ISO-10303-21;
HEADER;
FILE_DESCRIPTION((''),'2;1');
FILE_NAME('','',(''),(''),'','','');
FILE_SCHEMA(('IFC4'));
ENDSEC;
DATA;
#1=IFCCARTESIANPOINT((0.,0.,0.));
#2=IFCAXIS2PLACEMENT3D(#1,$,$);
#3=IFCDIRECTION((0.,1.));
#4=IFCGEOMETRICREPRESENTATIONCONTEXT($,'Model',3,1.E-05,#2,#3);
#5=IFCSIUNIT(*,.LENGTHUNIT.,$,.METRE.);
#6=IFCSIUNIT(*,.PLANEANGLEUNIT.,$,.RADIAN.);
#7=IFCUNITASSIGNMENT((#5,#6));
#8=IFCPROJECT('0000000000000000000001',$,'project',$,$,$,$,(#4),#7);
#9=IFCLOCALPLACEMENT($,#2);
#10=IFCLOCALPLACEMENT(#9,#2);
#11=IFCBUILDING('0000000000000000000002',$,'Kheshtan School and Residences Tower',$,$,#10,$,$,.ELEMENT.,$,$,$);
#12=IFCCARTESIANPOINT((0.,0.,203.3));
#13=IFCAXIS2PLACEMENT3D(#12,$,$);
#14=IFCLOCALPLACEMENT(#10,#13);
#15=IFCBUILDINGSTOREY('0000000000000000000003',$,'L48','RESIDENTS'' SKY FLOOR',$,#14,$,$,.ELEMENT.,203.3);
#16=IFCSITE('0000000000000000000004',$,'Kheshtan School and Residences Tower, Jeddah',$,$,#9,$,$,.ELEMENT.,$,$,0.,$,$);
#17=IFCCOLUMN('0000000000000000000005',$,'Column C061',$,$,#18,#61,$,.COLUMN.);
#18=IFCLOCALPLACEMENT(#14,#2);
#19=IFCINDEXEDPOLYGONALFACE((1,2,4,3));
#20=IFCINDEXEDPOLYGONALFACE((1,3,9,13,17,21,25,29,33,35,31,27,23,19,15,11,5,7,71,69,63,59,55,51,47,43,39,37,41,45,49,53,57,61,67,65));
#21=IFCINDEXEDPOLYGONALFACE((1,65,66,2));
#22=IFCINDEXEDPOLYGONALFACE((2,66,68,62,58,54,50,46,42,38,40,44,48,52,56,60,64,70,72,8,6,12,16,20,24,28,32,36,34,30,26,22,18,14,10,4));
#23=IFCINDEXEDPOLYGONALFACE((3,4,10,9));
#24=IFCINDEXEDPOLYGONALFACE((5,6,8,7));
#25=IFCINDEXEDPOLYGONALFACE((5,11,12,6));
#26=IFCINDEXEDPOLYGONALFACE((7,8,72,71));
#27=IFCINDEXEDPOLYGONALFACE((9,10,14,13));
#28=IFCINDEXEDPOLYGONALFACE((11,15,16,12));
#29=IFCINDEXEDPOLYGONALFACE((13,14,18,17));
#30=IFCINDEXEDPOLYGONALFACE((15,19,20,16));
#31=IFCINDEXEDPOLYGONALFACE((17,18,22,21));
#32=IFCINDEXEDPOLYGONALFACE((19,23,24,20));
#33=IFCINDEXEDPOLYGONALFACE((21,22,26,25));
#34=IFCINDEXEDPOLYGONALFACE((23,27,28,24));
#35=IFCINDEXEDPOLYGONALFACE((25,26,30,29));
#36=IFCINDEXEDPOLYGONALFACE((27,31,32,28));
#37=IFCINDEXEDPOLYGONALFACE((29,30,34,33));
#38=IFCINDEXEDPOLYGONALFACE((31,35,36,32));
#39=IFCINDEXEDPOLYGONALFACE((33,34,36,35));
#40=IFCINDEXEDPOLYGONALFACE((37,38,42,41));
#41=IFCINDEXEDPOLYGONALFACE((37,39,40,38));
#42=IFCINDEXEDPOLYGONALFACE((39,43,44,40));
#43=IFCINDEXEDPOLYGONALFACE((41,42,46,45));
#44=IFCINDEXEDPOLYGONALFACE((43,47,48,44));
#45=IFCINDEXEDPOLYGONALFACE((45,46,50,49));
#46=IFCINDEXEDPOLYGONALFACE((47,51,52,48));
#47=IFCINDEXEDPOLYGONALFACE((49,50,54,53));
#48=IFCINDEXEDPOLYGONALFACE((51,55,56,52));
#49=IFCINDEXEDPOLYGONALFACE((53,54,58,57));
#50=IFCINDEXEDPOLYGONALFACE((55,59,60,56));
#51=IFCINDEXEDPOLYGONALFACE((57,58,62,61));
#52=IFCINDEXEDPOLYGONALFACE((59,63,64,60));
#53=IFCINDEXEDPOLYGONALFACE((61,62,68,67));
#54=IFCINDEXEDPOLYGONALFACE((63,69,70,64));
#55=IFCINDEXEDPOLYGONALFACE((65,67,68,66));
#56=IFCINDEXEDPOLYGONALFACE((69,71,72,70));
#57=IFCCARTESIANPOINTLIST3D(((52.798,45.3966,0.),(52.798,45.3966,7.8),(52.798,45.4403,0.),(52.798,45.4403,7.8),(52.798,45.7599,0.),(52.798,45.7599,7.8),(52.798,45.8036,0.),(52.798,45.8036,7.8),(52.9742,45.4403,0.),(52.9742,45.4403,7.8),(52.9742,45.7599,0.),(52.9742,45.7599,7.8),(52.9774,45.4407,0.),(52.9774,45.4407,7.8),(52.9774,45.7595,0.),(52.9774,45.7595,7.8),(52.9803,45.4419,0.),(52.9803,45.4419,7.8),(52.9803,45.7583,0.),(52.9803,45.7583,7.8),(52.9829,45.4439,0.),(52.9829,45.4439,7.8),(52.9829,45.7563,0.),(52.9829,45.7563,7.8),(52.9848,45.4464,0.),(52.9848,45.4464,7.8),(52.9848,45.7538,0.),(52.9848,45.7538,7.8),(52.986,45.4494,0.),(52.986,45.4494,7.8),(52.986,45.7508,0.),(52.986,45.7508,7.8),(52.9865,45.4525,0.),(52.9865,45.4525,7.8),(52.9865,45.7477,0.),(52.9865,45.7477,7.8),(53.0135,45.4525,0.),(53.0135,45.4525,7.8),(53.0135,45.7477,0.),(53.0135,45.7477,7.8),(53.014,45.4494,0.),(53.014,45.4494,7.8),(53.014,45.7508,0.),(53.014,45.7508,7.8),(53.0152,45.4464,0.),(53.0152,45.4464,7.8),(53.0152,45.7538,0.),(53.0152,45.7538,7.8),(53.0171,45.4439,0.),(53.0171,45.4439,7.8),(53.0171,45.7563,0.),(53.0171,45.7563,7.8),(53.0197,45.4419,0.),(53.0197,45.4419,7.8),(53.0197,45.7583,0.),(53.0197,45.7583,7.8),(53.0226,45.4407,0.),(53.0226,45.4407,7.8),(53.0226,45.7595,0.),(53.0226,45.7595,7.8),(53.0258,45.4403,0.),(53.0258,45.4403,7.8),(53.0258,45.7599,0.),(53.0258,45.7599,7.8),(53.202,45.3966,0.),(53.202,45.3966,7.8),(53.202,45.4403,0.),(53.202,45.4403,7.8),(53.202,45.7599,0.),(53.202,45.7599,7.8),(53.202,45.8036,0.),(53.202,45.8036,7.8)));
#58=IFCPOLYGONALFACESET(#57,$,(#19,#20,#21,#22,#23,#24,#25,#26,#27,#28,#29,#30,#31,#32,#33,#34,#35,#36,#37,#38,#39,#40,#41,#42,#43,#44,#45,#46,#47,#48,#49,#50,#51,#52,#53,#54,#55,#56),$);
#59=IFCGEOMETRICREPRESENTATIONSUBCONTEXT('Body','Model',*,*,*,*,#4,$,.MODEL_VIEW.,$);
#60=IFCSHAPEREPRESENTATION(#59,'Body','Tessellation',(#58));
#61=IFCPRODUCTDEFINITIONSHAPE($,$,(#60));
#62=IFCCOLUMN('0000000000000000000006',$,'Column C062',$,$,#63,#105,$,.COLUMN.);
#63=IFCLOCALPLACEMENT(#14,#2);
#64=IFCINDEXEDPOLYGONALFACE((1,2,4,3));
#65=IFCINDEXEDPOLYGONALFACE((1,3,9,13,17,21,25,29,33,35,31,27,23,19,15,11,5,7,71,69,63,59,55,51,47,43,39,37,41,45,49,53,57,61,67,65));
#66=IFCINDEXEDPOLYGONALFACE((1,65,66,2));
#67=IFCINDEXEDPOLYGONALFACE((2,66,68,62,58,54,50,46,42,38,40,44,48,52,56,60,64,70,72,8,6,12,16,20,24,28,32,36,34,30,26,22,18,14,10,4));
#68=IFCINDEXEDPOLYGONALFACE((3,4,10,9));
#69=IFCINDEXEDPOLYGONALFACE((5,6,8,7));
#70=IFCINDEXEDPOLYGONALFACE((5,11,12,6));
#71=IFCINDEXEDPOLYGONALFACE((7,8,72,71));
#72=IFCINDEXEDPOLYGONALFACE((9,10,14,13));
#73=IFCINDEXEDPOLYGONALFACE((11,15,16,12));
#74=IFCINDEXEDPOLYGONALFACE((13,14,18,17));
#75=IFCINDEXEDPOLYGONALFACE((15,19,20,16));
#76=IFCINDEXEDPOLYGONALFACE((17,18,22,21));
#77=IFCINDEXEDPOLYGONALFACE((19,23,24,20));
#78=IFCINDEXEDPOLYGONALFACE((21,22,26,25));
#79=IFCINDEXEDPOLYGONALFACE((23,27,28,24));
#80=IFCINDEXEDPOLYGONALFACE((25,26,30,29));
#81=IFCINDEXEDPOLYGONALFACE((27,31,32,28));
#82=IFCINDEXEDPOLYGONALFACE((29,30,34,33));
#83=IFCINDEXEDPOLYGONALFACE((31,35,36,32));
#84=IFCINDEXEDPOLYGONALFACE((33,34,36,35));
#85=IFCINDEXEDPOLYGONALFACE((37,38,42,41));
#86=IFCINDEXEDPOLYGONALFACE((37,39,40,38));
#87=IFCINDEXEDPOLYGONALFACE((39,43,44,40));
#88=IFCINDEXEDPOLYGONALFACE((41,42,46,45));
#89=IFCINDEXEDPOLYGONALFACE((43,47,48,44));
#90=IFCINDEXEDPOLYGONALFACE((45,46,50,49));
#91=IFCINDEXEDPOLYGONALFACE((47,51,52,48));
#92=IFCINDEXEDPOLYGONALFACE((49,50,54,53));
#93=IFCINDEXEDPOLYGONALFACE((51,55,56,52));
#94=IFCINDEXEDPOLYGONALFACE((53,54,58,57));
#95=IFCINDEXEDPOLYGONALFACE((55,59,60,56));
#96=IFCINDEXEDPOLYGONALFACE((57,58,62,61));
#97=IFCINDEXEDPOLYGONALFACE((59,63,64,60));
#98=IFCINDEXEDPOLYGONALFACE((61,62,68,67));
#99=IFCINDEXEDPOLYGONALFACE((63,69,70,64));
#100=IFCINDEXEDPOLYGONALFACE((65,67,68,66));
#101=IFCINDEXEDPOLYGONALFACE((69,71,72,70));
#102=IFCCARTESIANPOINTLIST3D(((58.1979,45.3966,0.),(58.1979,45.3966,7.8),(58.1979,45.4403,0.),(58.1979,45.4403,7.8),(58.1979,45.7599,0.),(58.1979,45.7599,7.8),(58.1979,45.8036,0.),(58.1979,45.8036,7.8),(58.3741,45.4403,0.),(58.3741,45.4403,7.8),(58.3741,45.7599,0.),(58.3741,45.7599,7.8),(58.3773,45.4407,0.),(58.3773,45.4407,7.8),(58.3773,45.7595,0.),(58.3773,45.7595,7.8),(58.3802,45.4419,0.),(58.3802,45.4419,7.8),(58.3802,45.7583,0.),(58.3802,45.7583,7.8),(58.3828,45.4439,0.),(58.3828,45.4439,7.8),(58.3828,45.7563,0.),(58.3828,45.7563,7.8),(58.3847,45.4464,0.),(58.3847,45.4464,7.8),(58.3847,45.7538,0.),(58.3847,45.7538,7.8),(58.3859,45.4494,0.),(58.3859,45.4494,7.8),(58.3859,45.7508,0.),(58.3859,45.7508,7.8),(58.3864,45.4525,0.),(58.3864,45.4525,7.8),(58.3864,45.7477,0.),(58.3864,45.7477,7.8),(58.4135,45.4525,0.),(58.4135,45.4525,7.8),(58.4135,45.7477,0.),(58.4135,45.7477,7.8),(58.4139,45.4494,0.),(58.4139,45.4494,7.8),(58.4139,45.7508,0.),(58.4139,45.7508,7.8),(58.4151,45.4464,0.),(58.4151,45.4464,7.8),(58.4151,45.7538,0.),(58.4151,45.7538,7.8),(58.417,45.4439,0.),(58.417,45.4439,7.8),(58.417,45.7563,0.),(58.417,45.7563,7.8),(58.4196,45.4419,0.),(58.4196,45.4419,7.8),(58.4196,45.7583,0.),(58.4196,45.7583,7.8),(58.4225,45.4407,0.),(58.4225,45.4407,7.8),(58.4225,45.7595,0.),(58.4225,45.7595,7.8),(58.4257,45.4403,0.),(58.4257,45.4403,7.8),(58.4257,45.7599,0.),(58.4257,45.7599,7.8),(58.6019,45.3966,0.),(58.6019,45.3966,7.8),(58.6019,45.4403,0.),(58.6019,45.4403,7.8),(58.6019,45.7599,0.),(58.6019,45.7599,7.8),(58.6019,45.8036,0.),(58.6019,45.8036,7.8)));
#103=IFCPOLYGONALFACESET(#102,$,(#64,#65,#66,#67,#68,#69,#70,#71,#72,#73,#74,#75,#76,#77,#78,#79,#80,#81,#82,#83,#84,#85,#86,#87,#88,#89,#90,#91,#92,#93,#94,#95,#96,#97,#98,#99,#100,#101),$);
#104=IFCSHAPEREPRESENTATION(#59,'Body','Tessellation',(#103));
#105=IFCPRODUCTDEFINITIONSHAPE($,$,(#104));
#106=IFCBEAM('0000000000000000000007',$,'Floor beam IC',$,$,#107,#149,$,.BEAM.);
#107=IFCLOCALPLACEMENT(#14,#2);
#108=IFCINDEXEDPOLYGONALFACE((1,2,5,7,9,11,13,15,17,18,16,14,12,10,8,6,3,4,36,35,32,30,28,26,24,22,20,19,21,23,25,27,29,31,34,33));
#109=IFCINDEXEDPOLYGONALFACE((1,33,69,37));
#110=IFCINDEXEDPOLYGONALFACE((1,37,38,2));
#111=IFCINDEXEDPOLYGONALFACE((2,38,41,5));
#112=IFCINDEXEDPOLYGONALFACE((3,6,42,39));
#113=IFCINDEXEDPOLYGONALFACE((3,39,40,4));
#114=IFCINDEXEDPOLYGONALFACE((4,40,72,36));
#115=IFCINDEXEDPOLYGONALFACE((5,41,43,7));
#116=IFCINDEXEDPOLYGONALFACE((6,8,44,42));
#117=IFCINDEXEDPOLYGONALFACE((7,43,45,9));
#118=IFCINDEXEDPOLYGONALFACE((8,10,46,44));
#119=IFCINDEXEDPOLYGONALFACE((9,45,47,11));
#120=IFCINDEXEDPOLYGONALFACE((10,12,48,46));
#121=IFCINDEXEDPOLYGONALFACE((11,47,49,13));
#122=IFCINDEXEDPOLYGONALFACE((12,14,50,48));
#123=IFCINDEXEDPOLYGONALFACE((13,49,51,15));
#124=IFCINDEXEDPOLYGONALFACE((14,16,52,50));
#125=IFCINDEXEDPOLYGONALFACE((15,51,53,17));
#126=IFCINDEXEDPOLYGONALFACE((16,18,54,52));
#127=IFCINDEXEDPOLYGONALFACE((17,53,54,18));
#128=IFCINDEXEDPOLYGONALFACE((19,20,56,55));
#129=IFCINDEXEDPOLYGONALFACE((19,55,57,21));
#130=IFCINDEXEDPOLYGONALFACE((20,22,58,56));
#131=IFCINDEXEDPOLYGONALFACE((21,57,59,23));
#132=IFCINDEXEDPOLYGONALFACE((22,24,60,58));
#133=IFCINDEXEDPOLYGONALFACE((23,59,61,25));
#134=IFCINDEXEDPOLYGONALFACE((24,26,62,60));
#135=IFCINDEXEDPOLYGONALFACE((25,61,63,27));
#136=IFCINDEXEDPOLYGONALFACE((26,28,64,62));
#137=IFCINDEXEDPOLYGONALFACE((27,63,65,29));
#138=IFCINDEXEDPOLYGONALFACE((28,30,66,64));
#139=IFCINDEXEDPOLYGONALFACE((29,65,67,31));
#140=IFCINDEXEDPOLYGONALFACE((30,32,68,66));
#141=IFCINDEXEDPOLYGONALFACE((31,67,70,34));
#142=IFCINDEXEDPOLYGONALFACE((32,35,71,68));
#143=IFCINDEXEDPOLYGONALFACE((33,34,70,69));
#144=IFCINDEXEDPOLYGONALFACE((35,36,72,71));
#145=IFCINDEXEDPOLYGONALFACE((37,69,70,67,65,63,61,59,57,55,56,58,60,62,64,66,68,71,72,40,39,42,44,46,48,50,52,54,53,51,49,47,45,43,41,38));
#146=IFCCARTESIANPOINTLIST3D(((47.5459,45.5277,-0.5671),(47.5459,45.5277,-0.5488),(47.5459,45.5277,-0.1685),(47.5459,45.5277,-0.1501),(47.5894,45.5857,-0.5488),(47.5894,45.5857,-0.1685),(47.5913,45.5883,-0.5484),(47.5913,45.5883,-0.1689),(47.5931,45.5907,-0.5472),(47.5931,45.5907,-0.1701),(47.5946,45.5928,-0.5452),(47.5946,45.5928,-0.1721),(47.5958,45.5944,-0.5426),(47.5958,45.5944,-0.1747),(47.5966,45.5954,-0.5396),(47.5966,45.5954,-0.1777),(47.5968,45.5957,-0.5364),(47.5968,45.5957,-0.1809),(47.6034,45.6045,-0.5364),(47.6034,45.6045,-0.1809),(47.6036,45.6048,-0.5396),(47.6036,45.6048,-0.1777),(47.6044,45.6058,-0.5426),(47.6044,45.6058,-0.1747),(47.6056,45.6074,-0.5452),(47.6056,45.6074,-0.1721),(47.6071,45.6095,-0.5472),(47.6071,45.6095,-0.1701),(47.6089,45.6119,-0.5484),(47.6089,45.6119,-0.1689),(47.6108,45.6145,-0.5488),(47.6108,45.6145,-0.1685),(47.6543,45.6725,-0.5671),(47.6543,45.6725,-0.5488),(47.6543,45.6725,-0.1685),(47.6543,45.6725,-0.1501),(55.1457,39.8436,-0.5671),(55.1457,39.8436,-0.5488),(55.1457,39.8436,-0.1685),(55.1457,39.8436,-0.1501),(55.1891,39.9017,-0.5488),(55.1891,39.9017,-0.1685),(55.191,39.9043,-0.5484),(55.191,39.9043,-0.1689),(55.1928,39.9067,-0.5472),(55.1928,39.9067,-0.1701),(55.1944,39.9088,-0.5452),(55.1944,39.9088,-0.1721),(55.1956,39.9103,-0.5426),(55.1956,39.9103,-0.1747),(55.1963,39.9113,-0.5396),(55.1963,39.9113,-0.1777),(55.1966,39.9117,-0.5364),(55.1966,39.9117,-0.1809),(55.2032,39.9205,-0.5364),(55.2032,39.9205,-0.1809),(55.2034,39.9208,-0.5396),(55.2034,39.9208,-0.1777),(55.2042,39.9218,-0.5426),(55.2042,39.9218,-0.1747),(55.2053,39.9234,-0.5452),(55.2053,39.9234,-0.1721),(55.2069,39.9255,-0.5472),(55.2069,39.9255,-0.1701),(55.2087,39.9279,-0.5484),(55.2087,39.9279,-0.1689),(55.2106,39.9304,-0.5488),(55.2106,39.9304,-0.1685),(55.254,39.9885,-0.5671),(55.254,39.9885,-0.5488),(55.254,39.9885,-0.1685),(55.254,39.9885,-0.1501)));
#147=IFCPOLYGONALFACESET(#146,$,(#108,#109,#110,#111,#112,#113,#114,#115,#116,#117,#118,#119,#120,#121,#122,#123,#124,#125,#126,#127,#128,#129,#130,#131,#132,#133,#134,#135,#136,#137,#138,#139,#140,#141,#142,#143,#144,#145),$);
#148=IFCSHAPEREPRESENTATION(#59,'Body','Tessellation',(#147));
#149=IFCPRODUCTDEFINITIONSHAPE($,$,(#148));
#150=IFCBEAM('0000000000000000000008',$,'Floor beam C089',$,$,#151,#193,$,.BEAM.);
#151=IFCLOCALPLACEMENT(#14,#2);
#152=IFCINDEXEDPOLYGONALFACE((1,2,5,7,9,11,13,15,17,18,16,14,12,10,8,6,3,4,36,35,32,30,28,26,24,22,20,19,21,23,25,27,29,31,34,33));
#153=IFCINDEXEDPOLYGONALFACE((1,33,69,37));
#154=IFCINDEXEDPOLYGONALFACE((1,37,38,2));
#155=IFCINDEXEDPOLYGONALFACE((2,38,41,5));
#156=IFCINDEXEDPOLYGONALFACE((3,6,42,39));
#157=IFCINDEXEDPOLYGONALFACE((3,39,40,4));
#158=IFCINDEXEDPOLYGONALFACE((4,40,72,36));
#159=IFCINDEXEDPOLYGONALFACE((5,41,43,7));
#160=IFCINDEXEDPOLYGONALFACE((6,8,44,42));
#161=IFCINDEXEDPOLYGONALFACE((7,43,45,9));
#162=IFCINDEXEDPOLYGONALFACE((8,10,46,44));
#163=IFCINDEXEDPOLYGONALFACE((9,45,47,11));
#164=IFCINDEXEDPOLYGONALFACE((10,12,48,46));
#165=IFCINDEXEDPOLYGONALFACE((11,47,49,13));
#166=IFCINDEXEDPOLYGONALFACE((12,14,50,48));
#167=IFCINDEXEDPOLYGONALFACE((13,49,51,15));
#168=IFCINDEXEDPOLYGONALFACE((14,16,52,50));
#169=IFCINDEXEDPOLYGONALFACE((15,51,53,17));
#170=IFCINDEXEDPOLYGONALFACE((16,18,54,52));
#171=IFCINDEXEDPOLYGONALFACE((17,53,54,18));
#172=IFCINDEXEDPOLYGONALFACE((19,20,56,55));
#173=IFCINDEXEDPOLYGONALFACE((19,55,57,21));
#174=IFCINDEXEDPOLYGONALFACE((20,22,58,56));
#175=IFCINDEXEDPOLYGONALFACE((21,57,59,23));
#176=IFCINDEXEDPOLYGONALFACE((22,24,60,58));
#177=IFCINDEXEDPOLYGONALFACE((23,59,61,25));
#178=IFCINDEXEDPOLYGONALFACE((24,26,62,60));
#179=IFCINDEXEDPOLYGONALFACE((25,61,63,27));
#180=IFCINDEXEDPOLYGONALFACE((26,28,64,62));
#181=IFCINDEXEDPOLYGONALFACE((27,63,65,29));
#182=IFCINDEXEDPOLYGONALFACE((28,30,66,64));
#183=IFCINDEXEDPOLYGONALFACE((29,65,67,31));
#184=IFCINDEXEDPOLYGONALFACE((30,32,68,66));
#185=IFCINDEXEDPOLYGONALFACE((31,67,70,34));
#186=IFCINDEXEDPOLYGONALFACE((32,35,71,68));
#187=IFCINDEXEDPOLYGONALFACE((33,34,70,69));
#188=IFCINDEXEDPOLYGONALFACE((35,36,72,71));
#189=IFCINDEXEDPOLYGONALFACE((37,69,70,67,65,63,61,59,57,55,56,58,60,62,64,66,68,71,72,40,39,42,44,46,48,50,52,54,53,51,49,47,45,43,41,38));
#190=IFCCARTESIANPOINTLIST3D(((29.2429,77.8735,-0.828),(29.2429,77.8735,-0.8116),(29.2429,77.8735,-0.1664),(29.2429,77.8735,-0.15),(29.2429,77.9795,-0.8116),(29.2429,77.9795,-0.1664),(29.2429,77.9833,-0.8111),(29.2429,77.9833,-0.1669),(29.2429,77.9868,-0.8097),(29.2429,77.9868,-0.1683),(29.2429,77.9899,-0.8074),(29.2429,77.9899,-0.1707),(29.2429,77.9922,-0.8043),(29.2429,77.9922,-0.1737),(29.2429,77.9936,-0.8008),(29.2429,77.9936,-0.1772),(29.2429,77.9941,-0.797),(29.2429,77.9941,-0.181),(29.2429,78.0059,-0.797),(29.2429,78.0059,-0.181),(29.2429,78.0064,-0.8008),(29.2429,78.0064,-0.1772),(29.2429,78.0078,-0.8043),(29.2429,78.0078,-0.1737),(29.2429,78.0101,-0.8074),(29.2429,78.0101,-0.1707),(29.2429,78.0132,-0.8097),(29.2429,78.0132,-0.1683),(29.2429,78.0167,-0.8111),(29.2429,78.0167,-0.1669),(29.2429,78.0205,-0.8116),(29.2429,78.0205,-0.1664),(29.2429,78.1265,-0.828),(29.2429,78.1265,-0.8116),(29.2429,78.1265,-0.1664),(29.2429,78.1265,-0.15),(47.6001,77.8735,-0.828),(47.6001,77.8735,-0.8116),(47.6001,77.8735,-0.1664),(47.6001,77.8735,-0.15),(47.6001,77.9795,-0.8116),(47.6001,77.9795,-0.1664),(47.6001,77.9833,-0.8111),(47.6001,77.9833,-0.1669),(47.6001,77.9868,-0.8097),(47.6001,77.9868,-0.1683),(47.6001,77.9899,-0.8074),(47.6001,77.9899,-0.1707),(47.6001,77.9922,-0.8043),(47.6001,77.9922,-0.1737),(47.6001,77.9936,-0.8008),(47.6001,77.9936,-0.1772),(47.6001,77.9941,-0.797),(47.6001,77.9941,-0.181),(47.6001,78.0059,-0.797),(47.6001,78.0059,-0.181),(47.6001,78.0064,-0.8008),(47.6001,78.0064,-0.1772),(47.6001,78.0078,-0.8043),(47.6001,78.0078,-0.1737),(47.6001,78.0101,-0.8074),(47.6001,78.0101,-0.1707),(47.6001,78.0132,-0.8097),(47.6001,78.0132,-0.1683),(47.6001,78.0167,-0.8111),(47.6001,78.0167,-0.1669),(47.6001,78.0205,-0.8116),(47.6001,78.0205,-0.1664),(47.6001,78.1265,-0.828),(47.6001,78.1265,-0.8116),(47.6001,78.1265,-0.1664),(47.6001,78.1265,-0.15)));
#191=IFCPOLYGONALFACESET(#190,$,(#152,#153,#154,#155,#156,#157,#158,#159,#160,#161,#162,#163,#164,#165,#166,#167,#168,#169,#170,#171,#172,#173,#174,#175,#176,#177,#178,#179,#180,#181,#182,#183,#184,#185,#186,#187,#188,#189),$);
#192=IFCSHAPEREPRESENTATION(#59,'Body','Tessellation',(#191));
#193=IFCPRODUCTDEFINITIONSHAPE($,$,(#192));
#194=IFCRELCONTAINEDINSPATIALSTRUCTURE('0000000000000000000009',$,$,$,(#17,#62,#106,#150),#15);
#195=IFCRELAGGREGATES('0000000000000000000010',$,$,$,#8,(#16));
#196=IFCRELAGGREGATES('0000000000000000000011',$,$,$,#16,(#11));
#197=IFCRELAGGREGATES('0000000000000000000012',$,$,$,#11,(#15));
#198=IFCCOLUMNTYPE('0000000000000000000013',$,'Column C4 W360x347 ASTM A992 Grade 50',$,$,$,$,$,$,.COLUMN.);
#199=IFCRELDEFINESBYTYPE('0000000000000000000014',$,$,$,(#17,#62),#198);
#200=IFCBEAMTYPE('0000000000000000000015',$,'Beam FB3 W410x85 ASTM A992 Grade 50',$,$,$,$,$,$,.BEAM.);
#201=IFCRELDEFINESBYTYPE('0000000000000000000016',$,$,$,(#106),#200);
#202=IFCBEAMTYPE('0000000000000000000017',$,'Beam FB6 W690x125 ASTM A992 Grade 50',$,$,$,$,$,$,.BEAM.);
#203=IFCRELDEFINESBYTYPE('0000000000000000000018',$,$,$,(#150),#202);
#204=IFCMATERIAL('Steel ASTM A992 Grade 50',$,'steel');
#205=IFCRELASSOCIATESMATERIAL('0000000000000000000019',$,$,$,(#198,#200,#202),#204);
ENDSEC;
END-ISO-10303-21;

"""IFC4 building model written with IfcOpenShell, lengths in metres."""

from ifc_helpers import new_model, si_unit, direction, frame, origin, origin_2d, place, context, subcontext, project, spatial, i_section, extrude, material, material_profile, profile_set, type_object, element, save


model = new_model("IFC4")

# Units and contexts
model_context = context("Model", 3, precision=1e-05, world=origin(), true_north=direction((0.0, 1.0)))
body_context = subcontext(model_context, "Body", "Model", "MODEL_VIEW")
ifc_project = project(units=[si_unit("LENGTHUNIT", "METRE"), si_unit("PLANEANGLEUNIT", "RADIAN")], contexts=[model_context])

# Site, building, storey
site_placement = place(None, origin())
site = spatial("IfcSite", under=ifc_project, at=site_placement, Name="Kheshtan School and Residences Tower, Jeddah", CompositionType="ELEMENT", RefElevation=0.0)
building_placement = place(site_placement, origin())
building = spatial("IfcBuilding", under=site, at=building_placement, Name="Kheshtan School and Residences Tower", CompositionType="ELEMENT")
storey_placement = place(building_placement, frame((0.0, 0.0, 203.3)))
storey = spatial("IfcBuildingStorey", under=building, at=storey_placement, Name="L48", Description="RESIDENTS' SKY FLOOR", CompositionType="ELEMENT", Elevation=203.3)

# Columns
ifc_material_1 = material(Name="Steel ASTM A992 Grade 50", Category="steel")
ifc_material_profile_1 = material_profile(ifc_material_1, i_section(OverallWidth=0.4041, OverallDepth=0.407, WebThickness=0.0271, FlangeThickness=0.0437, FilletRadius=0.0122, at=origin_2d()), Name="W360x347")
ifc_profile_set_1 = profile_set([ifc_material_profile_1], Name="Steel ASTM A992 Grade 50")
column_type = type_object("IfcColumnType", Name="Column C4 W360x347 ASTM A992 Grade 50", PredefinedType="COLUMN", material=ifc_profile_set_1)
for number, where, z_axis, x_axis, name in (
    (1, (53.0, 45.6001, 0.0), (0.0, 0.0, 1.0), (1.0, 0.0, 0.0), "Column C061"),
    (2, (58.3999, 45.6001, 0.0), (0.0, 0.0, 1.0), (1.0, 0.0, 0.0), "Column C062"),
):
    element("IfcColumn", number, at=place(storey_placement, frame(where, z_axis=z_axis, x_axis=x_axis)), inside=storey, type_object=column_type, Name=name, PredefinedType="COLUMN", context=body_context, shape_type="SweptSolid", body=[
        extrude(i_section(OverallWidth=0.4041, OverallDepth=0.407, WebThickness=0.0271, FlangeThickness=0.0437, FilletRadius=0.0122, at=origin_2d()), origin(), (0.0, 0.0, 1.0), 7.8),
    ])

# Beams
ifc_material_profile_2 = material_profile(ifc_material_1, i_section(OverallWidth=0.1809, OverallDepth=0.417, WebThickness=0.011, FlangeThickness=0.0183, FilletRadius=0.0125, at=origin_2d()), Name="W410x85")
ifc_profile_set_2 = profile_set([ifc_material_profile_2], Name="Steel ASTM A992 Grade 50")
beam_type_1 = type_object("IfcBeamType", Name="Beam FB3 W410x85 ASTM A992 Grade 50", PredefinedType="BEAM", material=ifc_profile_set_2)
beam_1_placement = place(storey_placement, frame((47.6001, 45.6001, -0.3586), z_axis=(0.800799, -0.598933, 0.0), x_axis=(0.598933, 0.800799, 0.0)))
element("IfcBeam", 3, at=beam_1_placement, inside=storey, type_object=beam_type_1, Name="Floor beam IC", PredefinedType="BEAM", context=body_context, shape_type="SweptSolid", body=[
    extrude(i_section(OverallWidth=0.1809, OverallDepth=0.417, WebThickness=0.011, FlangeThickness=0.0183, FilletRadius=0.0125, at=origin_2d()), origin(), (0.0, 0.0, 1.0), 9.4902),
])
ifc_material_profile_3 = material_profile(ifc_material_1, i_section(OverallWidth=0.2529, OverallDepth=0.678, WebThickness=0.0117, FlangeThickness=0.0164, FilletRadius=0.0146, at=origin_2d()), Name="W690x125")
ifc_profile_set_3 = profile_set([ifc_material_profile_3], Name="Steel ASTM A992 Grade 50")
beam_type_2 = type_object("IfcBeamType", Name="Beam FB6 W690x125 ASTM A992 Grade 50", PredefinedType="BEAM", material=ifc_profile_set_3)
beam_2_placement = place(storey_placement, frame((47.6001, 78.0, -0.489), z_axis=(-1.0, 0.0, 0.0), x_axis=(0.0, -1.0, 0.0)))
element("IfcBeam", 4, at=beam_2_placement, inside=storey, type_object=beam_type_2, Name="Floor beam C089", PredefinedType="BEAM", context=body_context, shape_type="SweptSolid", body=[
    extrude(i_section(OverallWidth=0.2529, OverallDepth=0.678, WebThickness=0.0117, FlangeThickness=0.0164, FilletRadius=0.0146, at=origin_2d()), origin(), (0.0, 0.0, 1.0), 18.3572),
])

save(model, "model.ifc")
